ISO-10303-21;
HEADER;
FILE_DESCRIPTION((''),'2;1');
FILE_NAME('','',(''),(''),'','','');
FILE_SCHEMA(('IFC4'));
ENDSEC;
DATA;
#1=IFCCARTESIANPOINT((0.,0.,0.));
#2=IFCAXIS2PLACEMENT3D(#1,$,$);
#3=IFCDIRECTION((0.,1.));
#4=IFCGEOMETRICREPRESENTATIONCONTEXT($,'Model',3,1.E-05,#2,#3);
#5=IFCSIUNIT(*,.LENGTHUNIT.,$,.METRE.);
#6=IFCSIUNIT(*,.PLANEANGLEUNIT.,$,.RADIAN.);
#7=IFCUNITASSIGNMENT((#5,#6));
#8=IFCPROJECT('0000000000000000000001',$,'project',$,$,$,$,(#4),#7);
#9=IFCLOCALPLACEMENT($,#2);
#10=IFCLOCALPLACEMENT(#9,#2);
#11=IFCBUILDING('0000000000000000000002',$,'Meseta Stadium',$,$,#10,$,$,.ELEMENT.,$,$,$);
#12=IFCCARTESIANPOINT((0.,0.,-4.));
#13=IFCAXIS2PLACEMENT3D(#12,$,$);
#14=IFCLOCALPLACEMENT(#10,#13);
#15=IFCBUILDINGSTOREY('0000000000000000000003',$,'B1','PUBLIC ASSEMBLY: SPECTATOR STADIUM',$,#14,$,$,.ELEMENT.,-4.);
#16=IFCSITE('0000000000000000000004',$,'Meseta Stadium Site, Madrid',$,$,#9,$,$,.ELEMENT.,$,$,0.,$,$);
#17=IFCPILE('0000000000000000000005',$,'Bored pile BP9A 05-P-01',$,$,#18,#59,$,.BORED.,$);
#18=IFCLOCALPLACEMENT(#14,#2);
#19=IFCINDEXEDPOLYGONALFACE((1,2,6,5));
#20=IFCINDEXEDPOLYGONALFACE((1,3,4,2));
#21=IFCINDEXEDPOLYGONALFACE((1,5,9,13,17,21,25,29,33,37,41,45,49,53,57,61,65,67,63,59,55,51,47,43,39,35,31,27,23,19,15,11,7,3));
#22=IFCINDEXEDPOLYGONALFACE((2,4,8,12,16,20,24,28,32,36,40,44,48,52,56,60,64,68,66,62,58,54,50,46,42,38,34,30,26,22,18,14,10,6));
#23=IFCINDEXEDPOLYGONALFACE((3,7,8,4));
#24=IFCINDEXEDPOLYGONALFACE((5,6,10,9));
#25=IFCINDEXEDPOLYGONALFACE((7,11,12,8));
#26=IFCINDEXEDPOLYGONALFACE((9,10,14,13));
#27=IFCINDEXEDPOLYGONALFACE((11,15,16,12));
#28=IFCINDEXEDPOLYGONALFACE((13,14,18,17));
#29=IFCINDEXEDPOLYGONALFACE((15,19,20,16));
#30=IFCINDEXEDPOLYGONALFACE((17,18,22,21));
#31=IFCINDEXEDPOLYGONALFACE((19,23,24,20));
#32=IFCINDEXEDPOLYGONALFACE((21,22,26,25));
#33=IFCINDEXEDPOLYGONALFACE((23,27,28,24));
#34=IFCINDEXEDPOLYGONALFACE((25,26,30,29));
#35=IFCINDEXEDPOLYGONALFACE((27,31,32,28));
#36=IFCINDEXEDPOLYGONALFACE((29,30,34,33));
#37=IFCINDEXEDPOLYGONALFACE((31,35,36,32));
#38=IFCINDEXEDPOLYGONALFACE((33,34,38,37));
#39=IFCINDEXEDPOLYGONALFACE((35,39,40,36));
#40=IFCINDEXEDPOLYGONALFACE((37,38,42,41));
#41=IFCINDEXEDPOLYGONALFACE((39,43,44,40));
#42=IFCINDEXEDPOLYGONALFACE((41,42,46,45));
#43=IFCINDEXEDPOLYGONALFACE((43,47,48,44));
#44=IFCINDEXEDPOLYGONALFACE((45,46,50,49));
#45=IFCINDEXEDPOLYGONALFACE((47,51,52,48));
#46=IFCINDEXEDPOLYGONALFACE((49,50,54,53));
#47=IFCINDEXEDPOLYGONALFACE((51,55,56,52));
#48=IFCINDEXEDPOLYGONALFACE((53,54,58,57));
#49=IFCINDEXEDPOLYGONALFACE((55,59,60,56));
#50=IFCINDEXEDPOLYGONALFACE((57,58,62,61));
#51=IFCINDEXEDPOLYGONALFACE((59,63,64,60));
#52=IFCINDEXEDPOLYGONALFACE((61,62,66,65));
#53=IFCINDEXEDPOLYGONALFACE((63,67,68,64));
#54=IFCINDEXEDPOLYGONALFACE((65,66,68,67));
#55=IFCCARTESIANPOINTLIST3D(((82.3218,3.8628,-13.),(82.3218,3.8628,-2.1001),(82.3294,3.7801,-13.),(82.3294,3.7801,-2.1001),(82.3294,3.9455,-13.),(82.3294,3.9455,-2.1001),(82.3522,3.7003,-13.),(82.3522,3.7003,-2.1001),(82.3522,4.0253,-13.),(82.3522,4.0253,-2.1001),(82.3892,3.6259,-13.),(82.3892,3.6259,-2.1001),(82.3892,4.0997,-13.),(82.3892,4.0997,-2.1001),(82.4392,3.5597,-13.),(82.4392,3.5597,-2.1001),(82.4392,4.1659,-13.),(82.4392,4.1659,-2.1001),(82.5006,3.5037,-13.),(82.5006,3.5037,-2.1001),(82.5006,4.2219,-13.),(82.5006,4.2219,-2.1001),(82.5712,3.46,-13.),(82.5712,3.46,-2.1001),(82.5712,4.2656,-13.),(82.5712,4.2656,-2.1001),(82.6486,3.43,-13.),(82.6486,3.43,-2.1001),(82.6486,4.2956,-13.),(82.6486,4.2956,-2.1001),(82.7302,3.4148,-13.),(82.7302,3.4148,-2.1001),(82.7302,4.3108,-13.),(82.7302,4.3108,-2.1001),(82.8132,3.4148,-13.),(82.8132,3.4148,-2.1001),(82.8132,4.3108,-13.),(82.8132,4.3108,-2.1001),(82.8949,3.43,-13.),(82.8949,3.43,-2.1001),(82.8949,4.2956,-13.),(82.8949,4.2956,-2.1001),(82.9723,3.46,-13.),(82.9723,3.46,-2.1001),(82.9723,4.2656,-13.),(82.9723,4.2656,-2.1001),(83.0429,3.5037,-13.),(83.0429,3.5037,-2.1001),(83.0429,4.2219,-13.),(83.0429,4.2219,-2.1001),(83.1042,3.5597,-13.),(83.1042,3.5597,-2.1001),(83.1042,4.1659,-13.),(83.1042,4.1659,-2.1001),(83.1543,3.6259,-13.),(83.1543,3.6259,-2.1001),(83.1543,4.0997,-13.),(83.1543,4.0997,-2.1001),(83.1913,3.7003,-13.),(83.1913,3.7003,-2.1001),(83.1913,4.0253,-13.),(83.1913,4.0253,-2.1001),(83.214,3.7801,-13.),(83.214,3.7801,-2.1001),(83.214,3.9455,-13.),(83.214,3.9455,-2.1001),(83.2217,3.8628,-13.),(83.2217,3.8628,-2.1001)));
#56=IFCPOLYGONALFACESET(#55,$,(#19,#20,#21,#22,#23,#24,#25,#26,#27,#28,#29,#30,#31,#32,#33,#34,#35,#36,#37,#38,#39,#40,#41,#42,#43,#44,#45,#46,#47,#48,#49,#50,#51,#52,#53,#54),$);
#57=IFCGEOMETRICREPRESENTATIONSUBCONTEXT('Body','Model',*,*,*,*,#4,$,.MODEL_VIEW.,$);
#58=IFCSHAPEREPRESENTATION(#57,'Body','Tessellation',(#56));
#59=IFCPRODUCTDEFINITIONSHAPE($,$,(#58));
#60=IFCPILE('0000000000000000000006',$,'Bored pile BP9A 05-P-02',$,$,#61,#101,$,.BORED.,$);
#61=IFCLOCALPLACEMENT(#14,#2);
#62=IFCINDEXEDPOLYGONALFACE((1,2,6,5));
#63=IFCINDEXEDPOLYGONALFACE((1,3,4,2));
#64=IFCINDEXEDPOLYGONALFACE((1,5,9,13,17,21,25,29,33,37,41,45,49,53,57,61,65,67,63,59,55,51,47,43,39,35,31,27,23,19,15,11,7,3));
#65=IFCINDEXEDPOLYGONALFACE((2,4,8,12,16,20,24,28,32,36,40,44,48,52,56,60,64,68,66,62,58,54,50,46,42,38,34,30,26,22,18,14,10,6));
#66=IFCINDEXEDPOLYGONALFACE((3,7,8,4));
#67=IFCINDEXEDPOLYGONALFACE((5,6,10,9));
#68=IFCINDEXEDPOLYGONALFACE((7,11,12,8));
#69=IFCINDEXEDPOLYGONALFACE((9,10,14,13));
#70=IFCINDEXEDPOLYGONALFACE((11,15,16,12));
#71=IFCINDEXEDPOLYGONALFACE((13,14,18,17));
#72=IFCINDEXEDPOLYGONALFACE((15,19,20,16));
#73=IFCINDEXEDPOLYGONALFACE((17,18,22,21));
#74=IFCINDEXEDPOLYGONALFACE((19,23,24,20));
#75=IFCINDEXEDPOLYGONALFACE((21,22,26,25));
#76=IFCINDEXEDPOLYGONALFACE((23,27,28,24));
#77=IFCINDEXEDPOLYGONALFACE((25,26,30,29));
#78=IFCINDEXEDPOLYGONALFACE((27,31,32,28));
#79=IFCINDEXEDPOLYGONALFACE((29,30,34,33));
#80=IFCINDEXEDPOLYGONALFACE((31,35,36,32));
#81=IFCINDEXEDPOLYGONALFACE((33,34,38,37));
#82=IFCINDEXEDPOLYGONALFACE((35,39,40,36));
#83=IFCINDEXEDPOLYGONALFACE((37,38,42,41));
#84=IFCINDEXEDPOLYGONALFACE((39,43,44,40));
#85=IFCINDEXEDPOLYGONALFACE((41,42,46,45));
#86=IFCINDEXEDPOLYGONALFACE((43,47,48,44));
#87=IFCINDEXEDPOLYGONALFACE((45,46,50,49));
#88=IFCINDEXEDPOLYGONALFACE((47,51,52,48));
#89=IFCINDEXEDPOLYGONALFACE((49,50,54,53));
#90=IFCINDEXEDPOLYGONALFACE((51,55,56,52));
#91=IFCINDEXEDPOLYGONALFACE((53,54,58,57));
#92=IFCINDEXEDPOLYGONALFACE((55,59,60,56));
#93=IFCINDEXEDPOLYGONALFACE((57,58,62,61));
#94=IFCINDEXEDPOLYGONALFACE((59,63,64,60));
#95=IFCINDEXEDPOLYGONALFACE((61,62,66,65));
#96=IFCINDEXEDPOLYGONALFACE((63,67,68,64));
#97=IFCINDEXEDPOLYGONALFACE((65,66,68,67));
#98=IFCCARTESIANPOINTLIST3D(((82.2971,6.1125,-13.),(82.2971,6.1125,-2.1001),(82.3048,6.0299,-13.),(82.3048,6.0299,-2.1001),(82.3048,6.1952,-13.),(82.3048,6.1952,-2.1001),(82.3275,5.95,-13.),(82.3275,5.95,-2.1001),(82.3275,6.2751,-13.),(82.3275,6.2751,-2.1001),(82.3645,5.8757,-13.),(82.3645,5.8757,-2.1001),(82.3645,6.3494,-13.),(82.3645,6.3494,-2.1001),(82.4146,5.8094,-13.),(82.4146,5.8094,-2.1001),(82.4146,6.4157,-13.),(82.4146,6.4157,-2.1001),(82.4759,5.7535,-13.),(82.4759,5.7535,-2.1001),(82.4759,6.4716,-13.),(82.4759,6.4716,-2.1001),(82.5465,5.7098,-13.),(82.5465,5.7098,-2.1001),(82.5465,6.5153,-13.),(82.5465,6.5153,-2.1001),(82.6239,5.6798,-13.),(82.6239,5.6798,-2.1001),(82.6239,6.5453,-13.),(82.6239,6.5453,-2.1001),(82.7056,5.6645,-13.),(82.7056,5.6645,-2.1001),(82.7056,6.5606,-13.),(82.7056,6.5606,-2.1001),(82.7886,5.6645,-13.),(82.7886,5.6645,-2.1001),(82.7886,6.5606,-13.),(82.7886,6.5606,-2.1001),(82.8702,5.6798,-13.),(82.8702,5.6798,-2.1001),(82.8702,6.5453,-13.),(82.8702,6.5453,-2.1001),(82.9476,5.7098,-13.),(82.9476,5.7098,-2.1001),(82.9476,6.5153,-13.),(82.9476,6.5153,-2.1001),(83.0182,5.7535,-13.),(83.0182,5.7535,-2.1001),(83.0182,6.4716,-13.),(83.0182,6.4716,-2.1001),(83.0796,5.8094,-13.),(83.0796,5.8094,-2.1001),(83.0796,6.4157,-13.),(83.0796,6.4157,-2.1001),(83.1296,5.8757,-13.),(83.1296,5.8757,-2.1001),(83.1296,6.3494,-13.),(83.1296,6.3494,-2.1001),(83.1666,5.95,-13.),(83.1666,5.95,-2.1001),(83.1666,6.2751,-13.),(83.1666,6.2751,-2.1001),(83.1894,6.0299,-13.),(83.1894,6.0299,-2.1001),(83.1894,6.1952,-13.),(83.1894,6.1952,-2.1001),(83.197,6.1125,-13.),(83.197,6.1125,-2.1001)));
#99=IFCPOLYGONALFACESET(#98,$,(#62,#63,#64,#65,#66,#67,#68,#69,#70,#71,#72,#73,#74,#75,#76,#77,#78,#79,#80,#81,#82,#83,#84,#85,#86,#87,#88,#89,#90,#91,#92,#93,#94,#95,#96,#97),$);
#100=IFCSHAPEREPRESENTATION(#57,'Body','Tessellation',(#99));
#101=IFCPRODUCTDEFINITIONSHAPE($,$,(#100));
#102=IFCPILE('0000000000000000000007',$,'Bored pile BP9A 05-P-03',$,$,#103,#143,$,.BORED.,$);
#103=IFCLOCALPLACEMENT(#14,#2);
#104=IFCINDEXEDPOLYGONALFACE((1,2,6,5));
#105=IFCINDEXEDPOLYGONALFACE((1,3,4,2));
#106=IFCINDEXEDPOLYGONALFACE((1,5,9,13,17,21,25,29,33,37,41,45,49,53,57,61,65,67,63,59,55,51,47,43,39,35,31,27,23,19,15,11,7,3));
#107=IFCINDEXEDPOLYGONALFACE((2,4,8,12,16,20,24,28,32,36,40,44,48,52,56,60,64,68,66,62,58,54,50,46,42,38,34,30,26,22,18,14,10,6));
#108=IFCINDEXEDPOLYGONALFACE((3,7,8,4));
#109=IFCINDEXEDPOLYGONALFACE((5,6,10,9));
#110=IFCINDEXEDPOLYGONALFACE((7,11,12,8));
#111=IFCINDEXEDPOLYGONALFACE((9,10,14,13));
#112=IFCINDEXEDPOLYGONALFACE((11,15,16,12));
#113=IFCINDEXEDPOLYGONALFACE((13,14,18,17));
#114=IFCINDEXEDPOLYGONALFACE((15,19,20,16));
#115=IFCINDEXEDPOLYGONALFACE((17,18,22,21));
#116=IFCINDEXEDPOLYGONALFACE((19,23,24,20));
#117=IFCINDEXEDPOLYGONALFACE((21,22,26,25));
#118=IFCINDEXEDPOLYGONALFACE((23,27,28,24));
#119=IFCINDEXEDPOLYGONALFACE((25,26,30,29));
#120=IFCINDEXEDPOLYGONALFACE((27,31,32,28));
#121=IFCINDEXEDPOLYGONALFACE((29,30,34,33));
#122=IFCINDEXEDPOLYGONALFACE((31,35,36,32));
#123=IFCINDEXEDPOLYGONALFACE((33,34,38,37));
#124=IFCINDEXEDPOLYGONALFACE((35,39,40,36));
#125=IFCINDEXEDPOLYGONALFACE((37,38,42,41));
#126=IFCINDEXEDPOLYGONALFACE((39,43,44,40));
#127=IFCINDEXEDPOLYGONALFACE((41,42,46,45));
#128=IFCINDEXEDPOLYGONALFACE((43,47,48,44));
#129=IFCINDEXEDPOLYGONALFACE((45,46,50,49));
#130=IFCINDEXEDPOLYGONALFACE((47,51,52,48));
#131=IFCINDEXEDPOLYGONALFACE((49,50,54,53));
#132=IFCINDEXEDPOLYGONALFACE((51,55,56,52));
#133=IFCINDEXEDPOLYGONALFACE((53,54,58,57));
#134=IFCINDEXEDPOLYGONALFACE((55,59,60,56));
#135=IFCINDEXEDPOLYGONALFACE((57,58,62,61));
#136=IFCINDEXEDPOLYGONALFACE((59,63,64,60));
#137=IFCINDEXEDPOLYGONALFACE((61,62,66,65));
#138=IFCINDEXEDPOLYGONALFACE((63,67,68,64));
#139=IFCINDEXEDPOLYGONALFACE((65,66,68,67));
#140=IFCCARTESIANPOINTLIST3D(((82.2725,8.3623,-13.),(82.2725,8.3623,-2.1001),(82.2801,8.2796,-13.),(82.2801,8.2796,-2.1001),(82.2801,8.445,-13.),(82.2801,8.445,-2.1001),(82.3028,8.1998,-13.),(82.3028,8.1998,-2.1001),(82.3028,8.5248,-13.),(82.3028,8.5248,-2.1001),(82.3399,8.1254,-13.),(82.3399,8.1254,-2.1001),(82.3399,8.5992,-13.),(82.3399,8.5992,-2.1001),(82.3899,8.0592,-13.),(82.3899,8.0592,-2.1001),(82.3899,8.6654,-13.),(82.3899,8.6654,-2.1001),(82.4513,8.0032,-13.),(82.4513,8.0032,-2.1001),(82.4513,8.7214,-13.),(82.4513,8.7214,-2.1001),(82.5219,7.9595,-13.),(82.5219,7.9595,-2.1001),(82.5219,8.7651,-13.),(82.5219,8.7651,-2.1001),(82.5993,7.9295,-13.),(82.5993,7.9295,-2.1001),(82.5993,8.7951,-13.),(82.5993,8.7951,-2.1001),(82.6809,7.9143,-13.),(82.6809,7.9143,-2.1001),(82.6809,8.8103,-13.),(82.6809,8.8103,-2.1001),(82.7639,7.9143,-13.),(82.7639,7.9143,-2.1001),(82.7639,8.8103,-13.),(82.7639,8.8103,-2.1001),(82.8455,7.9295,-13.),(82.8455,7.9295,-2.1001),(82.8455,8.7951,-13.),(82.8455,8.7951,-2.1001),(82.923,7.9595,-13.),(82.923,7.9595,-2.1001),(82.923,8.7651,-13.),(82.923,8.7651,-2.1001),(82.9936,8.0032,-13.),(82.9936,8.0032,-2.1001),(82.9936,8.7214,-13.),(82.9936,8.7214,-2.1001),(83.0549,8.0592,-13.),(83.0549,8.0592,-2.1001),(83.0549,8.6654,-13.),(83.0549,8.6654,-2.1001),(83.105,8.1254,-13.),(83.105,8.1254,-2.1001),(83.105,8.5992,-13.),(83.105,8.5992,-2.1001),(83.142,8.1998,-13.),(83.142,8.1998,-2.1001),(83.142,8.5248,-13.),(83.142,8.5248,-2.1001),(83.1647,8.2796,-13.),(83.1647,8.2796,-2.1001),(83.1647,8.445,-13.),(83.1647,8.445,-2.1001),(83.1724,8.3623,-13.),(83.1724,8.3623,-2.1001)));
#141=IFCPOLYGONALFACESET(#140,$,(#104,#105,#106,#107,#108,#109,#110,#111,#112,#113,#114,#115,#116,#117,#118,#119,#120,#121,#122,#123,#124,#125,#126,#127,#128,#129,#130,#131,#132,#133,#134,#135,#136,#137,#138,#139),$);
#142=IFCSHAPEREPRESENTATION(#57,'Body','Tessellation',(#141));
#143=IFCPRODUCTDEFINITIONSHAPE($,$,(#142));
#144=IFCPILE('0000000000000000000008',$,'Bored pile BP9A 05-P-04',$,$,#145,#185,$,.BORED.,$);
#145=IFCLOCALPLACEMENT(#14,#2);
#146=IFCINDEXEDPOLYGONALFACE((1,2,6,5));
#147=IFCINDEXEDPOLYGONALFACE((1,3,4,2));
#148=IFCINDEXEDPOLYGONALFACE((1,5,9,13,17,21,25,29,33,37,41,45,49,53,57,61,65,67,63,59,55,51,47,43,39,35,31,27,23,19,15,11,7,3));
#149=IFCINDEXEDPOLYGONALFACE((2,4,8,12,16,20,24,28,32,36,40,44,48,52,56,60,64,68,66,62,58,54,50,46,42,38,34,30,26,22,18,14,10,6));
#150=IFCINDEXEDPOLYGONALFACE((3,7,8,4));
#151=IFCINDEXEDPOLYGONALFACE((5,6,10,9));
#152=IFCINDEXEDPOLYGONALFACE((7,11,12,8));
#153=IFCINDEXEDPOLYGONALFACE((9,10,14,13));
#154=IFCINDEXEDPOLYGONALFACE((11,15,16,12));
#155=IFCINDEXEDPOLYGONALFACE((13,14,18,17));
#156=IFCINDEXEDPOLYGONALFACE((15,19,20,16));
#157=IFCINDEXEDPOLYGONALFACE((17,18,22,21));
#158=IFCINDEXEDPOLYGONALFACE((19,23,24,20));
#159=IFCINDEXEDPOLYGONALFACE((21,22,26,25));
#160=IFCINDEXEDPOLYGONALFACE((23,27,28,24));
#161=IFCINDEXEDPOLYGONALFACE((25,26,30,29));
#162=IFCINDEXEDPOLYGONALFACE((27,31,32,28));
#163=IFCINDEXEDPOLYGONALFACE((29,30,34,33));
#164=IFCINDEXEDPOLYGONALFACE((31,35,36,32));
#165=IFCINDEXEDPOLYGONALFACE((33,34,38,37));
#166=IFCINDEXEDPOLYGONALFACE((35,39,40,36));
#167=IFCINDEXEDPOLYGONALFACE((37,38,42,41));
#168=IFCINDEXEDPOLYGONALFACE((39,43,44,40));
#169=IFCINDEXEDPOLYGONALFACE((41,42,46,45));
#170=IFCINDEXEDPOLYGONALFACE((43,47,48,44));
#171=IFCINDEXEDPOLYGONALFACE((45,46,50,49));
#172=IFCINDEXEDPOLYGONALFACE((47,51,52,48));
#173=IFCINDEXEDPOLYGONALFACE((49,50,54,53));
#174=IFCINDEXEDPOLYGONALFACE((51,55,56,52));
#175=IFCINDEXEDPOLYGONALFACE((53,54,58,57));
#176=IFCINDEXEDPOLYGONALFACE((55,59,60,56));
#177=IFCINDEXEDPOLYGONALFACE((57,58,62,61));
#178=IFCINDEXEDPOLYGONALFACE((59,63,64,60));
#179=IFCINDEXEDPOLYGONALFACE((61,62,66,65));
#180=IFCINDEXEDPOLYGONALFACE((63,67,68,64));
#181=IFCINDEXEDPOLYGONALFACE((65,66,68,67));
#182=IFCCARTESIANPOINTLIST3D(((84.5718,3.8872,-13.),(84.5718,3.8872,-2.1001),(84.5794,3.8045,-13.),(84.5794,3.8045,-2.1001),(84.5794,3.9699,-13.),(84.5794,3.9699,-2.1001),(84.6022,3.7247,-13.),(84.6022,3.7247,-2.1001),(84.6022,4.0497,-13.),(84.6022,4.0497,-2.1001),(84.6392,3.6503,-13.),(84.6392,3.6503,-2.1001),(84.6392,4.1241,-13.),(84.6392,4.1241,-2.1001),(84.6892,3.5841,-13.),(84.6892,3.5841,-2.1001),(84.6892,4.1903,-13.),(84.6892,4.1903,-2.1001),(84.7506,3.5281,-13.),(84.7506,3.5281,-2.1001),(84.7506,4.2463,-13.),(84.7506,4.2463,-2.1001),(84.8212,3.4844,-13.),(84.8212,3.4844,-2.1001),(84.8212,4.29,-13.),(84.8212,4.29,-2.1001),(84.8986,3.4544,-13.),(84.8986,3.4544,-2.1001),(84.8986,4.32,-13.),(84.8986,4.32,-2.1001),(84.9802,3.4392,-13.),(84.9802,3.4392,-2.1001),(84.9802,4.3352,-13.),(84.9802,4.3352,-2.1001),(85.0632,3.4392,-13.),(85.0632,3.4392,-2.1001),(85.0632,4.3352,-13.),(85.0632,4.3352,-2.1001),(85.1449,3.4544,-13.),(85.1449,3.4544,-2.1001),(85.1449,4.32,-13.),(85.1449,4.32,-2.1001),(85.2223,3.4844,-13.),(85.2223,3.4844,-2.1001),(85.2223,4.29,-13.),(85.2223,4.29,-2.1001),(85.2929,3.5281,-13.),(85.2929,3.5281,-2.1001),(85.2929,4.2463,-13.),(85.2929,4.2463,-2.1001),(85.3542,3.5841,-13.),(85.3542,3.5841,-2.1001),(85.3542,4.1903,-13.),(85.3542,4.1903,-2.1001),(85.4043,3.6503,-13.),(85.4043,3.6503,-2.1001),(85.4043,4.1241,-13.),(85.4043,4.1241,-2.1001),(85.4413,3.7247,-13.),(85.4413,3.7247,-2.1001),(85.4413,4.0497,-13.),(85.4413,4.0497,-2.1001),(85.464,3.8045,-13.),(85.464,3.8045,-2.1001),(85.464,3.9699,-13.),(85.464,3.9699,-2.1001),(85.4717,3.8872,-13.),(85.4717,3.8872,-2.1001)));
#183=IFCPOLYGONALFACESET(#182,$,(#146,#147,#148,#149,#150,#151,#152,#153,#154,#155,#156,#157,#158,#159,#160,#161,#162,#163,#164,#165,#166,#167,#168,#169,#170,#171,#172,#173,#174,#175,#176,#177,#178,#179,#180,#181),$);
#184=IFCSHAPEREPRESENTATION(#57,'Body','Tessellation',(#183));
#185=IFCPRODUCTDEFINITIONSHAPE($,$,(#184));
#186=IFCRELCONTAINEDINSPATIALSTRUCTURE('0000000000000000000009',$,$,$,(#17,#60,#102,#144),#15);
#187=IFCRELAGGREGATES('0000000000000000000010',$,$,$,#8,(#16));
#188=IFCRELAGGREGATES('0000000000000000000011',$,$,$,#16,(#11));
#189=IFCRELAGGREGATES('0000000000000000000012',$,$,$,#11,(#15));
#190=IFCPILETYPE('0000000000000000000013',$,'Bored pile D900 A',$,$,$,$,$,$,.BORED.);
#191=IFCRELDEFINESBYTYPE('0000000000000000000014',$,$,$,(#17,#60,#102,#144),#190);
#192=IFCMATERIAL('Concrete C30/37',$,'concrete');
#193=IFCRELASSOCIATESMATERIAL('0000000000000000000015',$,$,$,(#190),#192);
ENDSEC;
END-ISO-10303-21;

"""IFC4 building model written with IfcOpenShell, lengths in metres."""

from ifc_helpers import new_model, si_unit, direction, frame, origin, origin_2d, place, context, subcontext, project, spatial, circle, extrude, material, material_profile, profile_set, type_object, element, save


model = new_model("IFC4")

# Units and contexts
model_context = context("Model", 3, precision=1e-05, world=origin(), true_north=direction((0.0, 1.0)))
body_context = subcontext(model_context, "Body", "Model", "MODEL_VIEW")
ifc_project = project(units=[si_unit("LENGTHUNIT", "METRE"), si_unit("PLANEANGLEUNIT", "RADIAN")], contexts=[model_context])

# Site, building, storey
site_placement = place(None, origin())
site = spatial("IfcSite", under=ifc_project, at=site_placement, Name="Meseta Stadium Site, Madrid", CompositionType="ELEMENT", RefElevation=0.0)
building_placement = place(site_placement, origin())
building = spatial("IfcBuilding", under=site, at=building_placement, Name="Meseta Stadium", CompositionType="ELEMENT")
storey_placement = place(building_placement, frame((0.0, 0.0, -4.0)))
storey = spatial("IfcBuildingStorey", under=building, at=storey_placement, Name="B1", Description="PUBLIC ASSEMBLY: SPECTATOR STADIUM", CompositionType="ELEMENT", Elevation=-4.0)

# Piles
ifc_material_1 = material(Name="Concrete C30/37", Category="concrete")
ifc_material_profile_1 = material_profile(ifc_material_1, circle(Radius=0.45, at=origin_2d()), Name="D900")
ifc_profile_set_1 = profile_set([ifc_material_profile_1], Name="Concrete C30/37")
pile_type = type_object("IfcPileType", Name="Bored pile D900 A", PredefinedType="BORED", material=ifc_profile_set_1)
for number, where, z_axis, x_axis, name in (
    (1, (82.7717, 3.8628, -2.1001), (0.0, 0.0, -1.0), (1.0, 0.0, 0.0), "Bored pile BP9A 05-P-01"),
    (2, (82.7471, 6.1125, -2.1001), (0.0, 0.0, -1.0), (1.0, 0.0, 0.0), "Bored pile BP9A 05-P-02"),
    (3, (82.7224, 8.3623, -2.1001), (0.0, 0.0, -1.0), (1.0, 0.0, 0.0), "Bored pile BP9A 05-P-03"),
    (4, (85.0217, 3.8872, -2.1001), (0.0, 0.0, -1.0), (1.0, 0.0, 0.0), "Bored pile BP9A 05-P-04"),
):
    element("IfcPile", number, at=place(storey_placement, frame(where, z_axis=z_axis, x_axis=x_axis)), inside=storey, type_object=pile_type, Name=name, PredefinedType="BORED", context=body_context, shape_type="SweptSolid", body=[
        extrude(circle(Radius=0.45, at=origin_2d()), origin(), (0.0, 0.0, 1.0), 10.8999),
    ])

save(model, "model.ifc")
